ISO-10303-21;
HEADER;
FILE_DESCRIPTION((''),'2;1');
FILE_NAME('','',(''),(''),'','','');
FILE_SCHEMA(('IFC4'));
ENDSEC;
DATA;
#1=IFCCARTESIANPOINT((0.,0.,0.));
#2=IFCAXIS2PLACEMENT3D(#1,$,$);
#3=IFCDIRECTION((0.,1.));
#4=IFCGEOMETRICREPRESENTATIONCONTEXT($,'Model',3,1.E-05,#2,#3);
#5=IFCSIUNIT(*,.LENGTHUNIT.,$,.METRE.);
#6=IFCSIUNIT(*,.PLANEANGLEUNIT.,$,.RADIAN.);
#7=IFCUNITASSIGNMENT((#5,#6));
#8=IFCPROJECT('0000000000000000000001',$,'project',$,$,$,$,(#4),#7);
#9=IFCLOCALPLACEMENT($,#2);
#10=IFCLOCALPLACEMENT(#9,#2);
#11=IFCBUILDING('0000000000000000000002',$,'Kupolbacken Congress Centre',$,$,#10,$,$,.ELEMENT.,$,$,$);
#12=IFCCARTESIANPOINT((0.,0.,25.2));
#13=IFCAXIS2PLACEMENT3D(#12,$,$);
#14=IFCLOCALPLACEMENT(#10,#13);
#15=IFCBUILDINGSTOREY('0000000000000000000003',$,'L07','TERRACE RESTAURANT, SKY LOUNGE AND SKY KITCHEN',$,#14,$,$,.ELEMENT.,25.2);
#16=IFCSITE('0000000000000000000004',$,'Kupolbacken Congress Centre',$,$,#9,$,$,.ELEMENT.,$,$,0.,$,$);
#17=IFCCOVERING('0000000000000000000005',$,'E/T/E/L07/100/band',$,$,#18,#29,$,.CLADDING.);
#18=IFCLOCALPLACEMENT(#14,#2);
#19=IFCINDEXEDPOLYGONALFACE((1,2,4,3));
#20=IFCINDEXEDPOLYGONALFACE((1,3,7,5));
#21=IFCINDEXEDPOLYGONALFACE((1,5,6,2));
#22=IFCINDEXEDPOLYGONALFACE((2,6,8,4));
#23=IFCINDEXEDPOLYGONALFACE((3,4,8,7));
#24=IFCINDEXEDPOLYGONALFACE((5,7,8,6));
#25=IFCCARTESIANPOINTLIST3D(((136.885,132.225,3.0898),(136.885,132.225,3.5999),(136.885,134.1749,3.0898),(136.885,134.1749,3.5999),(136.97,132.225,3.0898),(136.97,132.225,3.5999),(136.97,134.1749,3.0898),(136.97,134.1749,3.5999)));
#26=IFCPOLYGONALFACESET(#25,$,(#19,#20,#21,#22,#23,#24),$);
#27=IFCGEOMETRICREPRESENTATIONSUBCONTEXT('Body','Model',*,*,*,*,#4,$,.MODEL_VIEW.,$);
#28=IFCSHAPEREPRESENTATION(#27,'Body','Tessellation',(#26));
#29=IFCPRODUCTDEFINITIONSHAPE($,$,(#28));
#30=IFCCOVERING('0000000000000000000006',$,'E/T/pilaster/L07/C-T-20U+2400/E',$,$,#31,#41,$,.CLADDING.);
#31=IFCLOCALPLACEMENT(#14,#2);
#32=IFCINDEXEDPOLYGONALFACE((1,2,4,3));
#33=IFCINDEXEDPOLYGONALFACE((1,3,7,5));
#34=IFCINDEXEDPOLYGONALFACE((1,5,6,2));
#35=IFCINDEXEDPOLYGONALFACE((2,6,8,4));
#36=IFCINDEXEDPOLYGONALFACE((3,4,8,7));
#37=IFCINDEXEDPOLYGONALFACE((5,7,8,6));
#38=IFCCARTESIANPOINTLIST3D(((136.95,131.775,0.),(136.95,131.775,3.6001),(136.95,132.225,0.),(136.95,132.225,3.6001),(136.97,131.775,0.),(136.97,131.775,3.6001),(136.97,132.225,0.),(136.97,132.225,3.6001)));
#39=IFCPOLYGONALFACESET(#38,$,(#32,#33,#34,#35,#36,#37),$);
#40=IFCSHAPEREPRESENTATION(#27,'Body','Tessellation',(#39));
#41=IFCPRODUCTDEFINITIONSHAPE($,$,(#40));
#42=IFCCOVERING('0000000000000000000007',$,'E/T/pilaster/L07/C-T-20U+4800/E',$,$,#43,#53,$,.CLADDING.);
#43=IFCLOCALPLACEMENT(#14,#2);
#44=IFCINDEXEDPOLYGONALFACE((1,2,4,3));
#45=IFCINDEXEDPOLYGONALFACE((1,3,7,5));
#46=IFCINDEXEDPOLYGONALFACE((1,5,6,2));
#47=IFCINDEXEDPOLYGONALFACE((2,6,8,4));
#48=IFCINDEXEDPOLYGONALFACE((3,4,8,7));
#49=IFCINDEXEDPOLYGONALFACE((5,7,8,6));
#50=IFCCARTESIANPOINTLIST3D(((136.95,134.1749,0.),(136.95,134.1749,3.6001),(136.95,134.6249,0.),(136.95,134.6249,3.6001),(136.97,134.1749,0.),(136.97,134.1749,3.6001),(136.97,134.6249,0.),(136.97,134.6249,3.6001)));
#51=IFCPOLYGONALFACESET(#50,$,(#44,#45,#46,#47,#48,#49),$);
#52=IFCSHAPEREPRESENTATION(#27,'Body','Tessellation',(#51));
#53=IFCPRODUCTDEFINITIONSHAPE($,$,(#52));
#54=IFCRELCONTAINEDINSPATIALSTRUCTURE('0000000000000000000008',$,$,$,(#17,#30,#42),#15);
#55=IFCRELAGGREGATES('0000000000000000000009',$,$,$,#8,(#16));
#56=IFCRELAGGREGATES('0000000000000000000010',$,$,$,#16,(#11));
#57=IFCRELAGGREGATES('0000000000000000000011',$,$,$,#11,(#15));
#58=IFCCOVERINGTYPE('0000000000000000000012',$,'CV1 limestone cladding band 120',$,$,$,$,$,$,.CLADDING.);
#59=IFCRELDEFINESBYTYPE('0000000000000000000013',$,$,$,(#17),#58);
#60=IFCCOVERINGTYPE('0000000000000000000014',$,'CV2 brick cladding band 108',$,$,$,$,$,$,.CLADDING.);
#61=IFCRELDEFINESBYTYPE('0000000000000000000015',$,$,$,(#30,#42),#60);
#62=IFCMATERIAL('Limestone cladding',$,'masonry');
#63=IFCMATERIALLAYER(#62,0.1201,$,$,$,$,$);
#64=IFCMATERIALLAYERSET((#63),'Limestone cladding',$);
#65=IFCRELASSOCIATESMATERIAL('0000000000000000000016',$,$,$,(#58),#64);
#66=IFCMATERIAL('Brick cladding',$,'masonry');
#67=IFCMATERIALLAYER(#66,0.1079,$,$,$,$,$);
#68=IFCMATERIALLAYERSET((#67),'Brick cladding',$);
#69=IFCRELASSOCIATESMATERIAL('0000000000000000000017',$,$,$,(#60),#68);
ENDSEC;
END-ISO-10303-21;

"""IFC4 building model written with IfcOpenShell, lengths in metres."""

from ifc_helpers import new_model, si_unit, direction, frame, origin, origin_2d, place, context, subcontext, project, spatial, rectangle, extrude, material, layer, layer_set, type_object, element, save


model = new_model("IFC4")

# Units and contexts
model_context = context("Model", 3, precision=1e-05, world=origin(), true_north=direction((0.0, 1.0)))
body_context = subcontext(model_context, "Body", "Model", "MODEL_VIEW")
ifc_project = project(units=[si_unit("LENGTHUNIT", "METRE"), si_unit("PLANEANGLEUNIT", "RADIAN")], contexts=[model_context])

# Site, building, storey
site_placement = place(None, origin())
site = spatial("IfcSite", under=ifc_project, at=site_placement, Name="Kupolbacken Congress Centre", CompositionType="ELEMENT", RefElevation=0.0)
building_placement = place(site_placement, origin())
building = spatial("IfcBuilding", under=site, at=building_placement, Name="Kupolbacken Congress Centre", CompositionType="ELEMENT")
storey_placement = place(building_placement, frame((0.0, 0.0, 25.2)))
storey = spatial("IfcBuildingStorey", under=building, at=storey_placement, Name="L07", Description="TERRACE RESTAURANT, SKY LOUNGE AND SKY KITCHEN", CompositionType="ELEMENT", Elevation=25.2)

# Coverings
ifc_material_1 = material(Name="Limestone cladding", Category="masonry")
ifc_layer_1 = layer(ifc_material_1, 0.1201)
ifc_layer_set_1 = layer_set([ifc_layer_1], Name="Limestone cladding")
covering_type_1 = type_object("IfcCoveringType", Name="CV1 limestone cladding band 120", PredefinedType="CLADDING", material=ifc_layer_set_1)
covering_placement = place(storey_placement, frame((136.9275, 133.2, 3.0898), z_axis=(0.0, 0.0, 1.0), x_axis=(0.0, 1.0, 0.0)))
element("IfcCovering", 1, at=covering_placement, inside=storey, type_object=covering_type_1, Name="E/T/E/L07/100/band", PredefinedType="CLADDING", context=body_context, shape_type="SweptSolid", body=[
    extrude(rectangle(XDim=1.95, YDim=0.085, at=origin_2d()), origin(), (0.0, 0.0, 1.0), 0.51),
])
ifc_material_2 = material(Name="Brick cladding", Category="masonry")
ifc_layer_2 = layer(ifc_material_2, 0.1079)
ifc_layer_set_2 = layer_set([ifc_layer_2], Name="Brick cladding")
covering_type_2 = type_object("IfcCoveringType", Name="CV2 brick cladding band 108", PredefinedType="CLADDING", material=ifc_layer_set_2)
for number, where, z_axis, x_axis, name in (
    (2, (136.96, 132.0, 0.0), (0.0, 0.0, 1.0), (1.0, 0.0, 0.0), "E/T/pilaster/L07/C-T-20U+2400/E"),
    (3, (136.96, 134.3999, 0.0), (0.0, 0.0, 1.0), (1.0, 0.0, 0.0), "E/T/pilaster/L07/C-T-20U+4800/E"),
):
    element("IfcCovering", number, at=place(storey_placement, frame(where, z_axis=z_axis, x_axis=x_axis)), inside=storey, type_object=covering_type_2, Name=name, PredefinedType="CLADDING", context=body_context, shape_type="SweptSolid", body=[
        extrude(rectangle(XDim=0.02, YDim=0.45, at=origin_2d()), origin(), (0.0, 0.0, 1.0), 3.6001),
    ])

save(model, "model.ifc")
